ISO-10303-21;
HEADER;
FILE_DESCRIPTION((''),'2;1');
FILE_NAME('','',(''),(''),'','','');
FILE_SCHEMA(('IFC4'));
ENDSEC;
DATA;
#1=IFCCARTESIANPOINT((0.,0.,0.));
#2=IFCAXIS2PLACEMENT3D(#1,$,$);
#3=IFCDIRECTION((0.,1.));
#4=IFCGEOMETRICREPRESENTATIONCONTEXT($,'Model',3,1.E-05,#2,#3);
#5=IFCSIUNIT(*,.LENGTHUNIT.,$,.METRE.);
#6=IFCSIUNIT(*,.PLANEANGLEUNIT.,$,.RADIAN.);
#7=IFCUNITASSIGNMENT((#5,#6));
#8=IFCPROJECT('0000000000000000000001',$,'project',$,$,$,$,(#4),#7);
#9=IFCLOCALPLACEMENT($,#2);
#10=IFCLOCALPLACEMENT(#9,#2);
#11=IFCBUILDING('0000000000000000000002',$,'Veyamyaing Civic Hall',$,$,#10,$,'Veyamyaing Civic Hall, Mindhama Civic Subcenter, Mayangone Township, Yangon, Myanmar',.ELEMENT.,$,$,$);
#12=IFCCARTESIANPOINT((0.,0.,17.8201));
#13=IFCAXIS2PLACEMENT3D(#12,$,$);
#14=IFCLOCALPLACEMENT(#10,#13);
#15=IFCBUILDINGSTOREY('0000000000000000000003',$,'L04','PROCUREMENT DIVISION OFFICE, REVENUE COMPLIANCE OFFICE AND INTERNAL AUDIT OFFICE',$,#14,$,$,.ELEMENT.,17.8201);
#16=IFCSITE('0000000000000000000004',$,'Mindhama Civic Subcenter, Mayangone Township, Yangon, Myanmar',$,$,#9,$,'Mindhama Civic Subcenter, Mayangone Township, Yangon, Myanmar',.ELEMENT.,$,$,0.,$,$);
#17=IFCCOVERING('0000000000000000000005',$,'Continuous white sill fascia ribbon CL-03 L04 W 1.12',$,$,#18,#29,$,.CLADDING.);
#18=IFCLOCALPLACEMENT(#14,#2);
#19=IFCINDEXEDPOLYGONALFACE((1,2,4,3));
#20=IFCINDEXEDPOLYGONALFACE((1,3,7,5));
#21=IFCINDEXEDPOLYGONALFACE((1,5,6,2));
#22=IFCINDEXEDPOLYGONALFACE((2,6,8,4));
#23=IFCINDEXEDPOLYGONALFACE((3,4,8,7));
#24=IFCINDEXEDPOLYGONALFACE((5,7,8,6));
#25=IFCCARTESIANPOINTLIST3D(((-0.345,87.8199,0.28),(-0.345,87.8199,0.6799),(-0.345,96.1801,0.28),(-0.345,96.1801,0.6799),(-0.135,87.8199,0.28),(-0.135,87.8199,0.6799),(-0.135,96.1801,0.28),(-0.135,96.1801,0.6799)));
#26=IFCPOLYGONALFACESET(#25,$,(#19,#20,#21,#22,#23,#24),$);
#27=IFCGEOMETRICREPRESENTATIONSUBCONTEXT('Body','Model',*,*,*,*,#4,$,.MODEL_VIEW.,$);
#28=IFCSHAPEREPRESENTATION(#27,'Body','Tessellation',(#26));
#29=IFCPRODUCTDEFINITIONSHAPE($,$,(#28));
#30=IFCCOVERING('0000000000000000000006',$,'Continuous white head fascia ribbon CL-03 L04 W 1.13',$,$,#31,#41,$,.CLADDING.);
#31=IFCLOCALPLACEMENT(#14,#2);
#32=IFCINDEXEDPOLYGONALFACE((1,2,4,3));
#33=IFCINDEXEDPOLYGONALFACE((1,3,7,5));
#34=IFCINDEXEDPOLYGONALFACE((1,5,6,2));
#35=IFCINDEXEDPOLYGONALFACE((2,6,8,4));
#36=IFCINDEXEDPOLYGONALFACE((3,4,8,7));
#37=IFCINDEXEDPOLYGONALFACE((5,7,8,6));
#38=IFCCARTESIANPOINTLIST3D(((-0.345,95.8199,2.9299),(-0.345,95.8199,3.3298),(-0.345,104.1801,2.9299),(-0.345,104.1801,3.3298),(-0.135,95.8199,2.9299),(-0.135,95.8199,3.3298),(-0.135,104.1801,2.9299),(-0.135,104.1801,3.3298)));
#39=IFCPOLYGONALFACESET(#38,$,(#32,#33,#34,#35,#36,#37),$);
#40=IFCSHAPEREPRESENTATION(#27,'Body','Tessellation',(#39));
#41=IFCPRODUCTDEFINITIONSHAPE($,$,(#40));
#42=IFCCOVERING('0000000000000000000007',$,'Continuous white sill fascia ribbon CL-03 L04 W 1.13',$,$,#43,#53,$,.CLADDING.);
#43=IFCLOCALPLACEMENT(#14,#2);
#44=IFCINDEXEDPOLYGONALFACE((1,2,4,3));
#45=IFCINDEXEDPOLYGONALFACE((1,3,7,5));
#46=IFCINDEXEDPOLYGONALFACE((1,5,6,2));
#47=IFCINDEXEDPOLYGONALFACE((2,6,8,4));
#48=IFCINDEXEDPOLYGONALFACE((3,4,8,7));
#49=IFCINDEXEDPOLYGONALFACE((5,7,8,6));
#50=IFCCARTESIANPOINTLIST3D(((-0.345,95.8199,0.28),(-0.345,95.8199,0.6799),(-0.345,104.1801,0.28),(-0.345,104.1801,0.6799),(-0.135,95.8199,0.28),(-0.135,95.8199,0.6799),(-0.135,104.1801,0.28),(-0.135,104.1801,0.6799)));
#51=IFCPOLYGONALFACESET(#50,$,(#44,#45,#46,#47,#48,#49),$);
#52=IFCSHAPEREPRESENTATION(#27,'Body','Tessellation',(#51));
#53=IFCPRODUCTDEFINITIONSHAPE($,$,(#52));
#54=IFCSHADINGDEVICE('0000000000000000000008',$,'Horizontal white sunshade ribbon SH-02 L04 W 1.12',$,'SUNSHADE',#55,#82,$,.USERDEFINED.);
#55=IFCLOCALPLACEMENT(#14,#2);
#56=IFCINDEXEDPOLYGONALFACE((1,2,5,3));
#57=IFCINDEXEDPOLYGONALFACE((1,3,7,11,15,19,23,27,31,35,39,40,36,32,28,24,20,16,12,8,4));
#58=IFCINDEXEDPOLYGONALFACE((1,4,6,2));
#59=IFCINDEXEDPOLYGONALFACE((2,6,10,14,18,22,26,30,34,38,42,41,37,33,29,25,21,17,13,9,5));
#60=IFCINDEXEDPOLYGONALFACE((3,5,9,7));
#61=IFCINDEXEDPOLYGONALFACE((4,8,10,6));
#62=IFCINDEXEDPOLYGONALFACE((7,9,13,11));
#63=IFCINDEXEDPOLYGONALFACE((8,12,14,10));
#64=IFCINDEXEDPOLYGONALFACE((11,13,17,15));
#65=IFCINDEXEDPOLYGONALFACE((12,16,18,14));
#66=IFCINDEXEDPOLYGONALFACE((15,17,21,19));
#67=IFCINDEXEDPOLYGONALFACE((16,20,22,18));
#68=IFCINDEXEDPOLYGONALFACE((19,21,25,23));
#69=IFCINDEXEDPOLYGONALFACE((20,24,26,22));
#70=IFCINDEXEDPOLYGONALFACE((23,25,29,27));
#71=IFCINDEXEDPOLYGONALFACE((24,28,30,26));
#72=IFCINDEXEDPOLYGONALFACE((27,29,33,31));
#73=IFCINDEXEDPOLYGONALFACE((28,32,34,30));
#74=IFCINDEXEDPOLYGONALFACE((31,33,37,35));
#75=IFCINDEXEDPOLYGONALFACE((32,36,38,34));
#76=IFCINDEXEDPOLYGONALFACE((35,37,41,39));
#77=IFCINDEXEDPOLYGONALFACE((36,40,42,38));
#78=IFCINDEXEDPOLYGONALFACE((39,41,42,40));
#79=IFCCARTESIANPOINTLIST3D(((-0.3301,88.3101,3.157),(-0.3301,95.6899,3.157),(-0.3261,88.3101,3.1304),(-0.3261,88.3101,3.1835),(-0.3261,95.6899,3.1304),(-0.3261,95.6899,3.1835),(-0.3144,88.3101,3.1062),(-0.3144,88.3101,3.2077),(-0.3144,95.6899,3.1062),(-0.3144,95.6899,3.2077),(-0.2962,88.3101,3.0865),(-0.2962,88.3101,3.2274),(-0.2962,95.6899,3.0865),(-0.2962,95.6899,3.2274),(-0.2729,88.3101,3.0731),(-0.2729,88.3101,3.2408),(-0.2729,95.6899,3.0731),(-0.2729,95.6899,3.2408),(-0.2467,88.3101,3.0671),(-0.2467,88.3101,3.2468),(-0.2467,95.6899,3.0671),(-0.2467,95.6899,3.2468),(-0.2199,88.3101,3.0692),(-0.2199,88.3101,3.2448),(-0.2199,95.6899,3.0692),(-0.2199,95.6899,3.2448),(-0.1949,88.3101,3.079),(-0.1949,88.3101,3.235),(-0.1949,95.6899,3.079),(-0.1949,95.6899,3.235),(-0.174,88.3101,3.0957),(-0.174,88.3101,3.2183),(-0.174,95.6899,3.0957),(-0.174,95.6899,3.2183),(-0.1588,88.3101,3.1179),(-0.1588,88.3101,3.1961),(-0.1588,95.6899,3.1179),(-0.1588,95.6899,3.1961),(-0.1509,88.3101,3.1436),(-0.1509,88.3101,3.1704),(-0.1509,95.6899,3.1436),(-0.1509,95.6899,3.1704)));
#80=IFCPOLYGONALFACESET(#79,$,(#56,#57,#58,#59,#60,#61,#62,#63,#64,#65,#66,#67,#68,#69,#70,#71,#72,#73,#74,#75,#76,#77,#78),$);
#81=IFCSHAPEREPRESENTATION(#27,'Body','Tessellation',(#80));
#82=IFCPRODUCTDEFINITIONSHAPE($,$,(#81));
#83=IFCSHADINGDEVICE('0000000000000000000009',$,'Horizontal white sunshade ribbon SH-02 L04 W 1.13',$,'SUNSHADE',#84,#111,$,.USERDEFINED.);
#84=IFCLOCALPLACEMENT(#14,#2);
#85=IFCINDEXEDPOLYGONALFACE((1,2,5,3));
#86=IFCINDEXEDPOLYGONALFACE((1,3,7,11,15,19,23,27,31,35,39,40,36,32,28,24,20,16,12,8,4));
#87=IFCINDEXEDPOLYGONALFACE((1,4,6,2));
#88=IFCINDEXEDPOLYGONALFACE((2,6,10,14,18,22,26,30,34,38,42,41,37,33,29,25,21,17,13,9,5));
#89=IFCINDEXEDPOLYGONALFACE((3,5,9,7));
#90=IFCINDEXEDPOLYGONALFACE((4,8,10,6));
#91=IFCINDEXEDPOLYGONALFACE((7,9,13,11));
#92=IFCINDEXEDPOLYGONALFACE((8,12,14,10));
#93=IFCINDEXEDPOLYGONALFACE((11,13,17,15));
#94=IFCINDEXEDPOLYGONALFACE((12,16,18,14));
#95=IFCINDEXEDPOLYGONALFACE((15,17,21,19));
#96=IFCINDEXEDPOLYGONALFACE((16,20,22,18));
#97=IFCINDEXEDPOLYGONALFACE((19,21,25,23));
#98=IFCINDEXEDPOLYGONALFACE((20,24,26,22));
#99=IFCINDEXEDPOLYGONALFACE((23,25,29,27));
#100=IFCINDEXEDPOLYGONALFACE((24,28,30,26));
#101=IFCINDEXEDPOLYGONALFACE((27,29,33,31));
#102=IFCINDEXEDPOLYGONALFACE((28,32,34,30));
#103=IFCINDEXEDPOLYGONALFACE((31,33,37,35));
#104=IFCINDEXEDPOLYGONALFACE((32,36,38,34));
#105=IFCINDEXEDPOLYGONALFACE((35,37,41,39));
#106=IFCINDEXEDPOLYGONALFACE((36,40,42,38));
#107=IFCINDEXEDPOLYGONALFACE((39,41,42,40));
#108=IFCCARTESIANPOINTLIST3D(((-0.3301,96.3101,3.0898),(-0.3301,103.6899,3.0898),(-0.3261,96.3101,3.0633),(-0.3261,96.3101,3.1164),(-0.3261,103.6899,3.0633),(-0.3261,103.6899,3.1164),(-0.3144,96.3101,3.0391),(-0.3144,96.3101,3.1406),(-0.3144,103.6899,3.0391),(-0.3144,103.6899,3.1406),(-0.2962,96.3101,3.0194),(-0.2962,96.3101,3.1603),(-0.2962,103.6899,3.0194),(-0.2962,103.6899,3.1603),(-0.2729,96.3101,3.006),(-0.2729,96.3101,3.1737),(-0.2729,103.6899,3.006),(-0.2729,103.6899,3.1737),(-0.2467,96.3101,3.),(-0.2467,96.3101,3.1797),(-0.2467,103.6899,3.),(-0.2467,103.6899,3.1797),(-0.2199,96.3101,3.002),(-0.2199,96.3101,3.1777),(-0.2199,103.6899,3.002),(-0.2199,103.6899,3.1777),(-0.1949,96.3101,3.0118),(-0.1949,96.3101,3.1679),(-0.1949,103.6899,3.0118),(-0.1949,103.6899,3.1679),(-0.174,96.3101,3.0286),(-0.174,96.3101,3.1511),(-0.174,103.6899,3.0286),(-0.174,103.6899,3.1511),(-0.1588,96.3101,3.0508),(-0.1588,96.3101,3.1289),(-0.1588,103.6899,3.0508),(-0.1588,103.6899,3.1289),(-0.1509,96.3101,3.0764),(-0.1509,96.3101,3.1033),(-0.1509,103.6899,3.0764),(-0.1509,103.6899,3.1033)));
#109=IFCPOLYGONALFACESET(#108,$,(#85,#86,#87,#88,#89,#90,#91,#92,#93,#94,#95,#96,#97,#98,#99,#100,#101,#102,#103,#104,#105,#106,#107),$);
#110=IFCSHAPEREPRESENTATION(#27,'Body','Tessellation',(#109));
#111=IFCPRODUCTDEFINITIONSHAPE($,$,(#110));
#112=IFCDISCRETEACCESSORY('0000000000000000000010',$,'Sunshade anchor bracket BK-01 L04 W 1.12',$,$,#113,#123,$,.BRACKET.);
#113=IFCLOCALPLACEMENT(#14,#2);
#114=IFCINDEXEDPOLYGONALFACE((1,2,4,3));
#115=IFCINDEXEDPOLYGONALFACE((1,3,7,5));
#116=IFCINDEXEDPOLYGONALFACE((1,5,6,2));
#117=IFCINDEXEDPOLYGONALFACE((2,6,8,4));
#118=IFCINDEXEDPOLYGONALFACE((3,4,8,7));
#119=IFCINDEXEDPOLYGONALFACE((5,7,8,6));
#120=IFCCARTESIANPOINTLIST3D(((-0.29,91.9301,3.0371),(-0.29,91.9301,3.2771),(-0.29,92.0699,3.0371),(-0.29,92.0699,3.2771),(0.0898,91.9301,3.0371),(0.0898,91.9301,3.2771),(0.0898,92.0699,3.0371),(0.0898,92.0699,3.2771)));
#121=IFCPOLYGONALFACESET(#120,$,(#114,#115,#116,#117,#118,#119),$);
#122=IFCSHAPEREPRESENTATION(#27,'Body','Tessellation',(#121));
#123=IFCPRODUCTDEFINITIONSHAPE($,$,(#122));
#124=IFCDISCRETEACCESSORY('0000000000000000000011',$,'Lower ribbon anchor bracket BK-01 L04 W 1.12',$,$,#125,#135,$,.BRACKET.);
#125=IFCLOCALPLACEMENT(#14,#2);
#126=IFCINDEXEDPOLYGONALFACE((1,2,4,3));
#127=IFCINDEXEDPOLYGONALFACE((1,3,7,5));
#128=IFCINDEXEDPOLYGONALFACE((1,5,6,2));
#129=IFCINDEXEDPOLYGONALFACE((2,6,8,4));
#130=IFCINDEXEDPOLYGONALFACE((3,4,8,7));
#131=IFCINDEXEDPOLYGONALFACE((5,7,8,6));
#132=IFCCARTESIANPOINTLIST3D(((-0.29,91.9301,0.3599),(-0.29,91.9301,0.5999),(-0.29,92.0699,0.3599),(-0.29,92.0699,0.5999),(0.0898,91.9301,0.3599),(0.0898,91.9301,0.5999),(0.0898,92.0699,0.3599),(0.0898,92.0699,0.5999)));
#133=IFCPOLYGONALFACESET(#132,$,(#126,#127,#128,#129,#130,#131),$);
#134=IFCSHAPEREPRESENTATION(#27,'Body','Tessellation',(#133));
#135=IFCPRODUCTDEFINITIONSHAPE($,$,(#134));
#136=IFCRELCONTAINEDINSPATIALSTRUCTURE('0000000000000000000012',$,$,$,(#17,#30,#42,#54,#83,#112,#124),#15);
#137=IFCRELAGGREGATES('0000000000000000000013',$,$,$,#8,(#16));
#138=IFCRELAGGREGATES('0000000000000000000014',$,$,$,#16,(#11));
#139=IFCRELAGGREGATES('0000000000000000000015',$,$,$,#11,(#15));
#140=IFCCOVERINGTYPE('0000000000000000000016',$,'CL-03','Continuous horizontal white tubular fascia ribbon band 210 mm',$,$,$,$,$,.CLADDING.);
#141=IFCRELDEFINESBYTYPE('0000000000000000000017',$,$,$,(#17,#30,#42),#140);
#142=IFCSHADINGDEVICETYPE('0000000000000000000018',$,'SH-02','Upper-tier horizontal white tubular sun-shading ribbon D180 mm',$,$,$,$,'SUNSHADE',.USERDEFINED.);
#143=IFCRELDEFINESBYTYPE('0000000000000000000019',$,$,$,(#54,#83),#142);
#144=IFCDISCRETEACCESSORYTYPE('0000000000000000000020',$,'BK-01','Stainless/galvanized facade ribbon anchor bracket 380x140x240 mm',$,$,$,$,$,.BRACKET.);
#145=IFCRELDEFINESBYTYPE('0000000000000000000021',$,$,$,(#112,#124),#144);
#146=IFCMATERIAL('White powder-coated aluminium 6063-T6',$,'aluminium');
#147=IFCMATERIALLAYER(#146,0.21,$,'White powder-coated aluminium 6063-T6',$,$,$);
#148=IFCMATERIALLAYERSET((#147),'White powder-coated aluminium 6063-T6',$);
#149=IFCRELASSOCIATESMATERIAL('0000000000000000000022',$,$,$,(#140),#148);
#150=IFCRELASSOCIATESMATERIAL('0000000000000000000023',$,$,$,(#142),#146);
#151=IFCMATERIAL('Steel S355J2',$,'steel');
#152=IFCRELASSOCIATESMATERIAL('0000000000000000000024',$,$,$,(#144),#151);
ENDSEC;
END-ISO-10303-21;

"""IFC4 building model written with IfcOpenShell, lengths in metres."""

from ifc_helpers import new_model, si_unit, direction, frame, origin, origin_2d, place, context, subcontext, project, spatial, rectangle, circle, extrude, material, layer, layer_set, material_profile, profile_set, type_object, element, save


model = new_model("IFC4")

# Units and contexts
model_context = context("Model", 3, precision=1e-05, world=origin(), true_north=direction((0.0, 1.0)))
body_context = subcontext(model_context, "Body", "Model", "MODEL_VIEW")
ifc_project = project(units=[si_unit("LENGTHUNIT", "METRE"), si_unit("PLANEANGLEUNIT", "RADIAN")], contexts=[model_context])

# Site, building, storey
site_placement = place(None, origin())
site = spatial("IfcSite", under=ifc_project, at=site_placement, Name="Mindhama Civic Subcenter, Mayangone Township, Yangon, Myanmar", LongName="Mindhama Civic Subcenter, Mayangone Township, Yangon, Myanmar", CompositionType="ELEMENT", RefElevation=0.0)
building_placement = place(site_placement, origin())
building = spatial("IfcBuilding", under=site, at=building_placement, Name="Veyamyaing Civic Hall", LongName="Veyamyaing Civic Hall, Mindhama Civic Subcenter, Mayangone Township, Yangon, Myanmar", CompositionType="ELEMENT")
storey_placement = place(building_placement, frame((0.0, 0.0, 17.8201)))
storey = spatial("IfcBuildingStorey", under=building, at=storey_placement, Name="L04", Description="PROCUREMENT DIVISION OFFICE, REVENUE COMPLIANCE OFFICE AND INTERNAL AUDIT OFFICE", CompositionType="ELEMENT", Elevation=17.8201)

# Shared definitions
ifc_material_1 = material(Name="Steel S355J2", Category="steel")

# Coverings
ifc_material_2 = material(Name="White powder-coated aluminium 6063-T6", Category="aluminium")
ifc_layer_1 = layer(ifc_material_2, 0.21, Name="White powder-coated aluminium 6063-T6")
ifc_layer_set_1 = layer_set([ifc_layer_1], Name="White powder-coated aluminium 6063-T6")
covering_type_1 = type_object("IfcCoveringType", Name="CL-03", Description="Continuous horizontal white tubular fascia ribbon band 210 mm", PredefinedType="CLADDING", material=ifc_layer_set_1)
for number, where, z_axis, x_axis, name in (
    (1, (-0.24, 92.0, 0.28), (0.0, 0.0, 1.0), (0.0, 1.0, 0.0), "Continuous white sill fascia ribbon CL-03 L04 W 1.12"),
    (2, (-0.24, 100.0, 2.9299), (0.0, 0.0, 1.0), (0.0, 1.0, 0.0), "Continuous white head fascia ribbon CL-03 L04 W 1.13"),
    (3, (-0.24, 100.0, 0.28), (0.0, 0.0, 1.0), (0.0, 1.0, 0.0), "Continuous white sill fascia ribbon CL-03 L04 W 1.13"),
):
    element("IfcCovering", number, at=place(storey_placement, frame(where, z_axis=z_axis, x_axis=x_axis)), inside=storey, type_object=covering_type_1, Name=name, PredefinedType="CLADDING", context=body_context, shape_type="SweptSolid", body=[
        extrude(rectangle(XDim=8.3601, YDim=0.21, at=origin_2d()), origin(), (0.0, 0.0, 1.0), 0.3999),
    ])

# Shading devices
ifc_material_profile_1 = material_profile(ifc_material_2, circle(Radius=0.0901, at=origin_2d()), Name="SHADE-TUBE-180")
ifc_profile_set_1 = profile_set([ifc_material_profile_1], Name="White powder-coated aluminium 6063-T6")
shading_device_type = type_object("IfcShadingDeviceType", Name="SH-02", Description="Upper-tier horizontal white tubular sun-shading ribbon D180 mm", ElementType="SUNSHADE", PredefinedType="USERDEFINED", material=ifc_profile_set_1)
for number, where, z_axis, x_axis, name in (
    (4, (-0.24, 88.3101, 3.157), (0.0, 1.0, 0.0), (-1.0, 0.0, 0.0), "Horizontal white sunshade ribbon SH-02 L04 W 1.12"),
    (5, (-0.24, 96.3101, 3.0898), (0.0, 1.0, 0.0), (-1.0, 0.0, 0.0), "Horizontal white sunshade ribbon SH-02 L04 W 1.13"),
):
    element("IfcShadingDevice", number, at=place(storey_placement, frame(where, z_axis=z_axis, x_axis=x_axis)), inside=storey, type_object=shading_device_type, Name=name, ObjectType="SUNSHADE", PredefinedType="USERDEFINED", context=body_context, shape_type="SweptSolid", body=[
        extrude(circle(Radius=0.0901, at=origin_2d()), origin(), (0.0, 0.0, 1.0), 7.3799),
    ])

# Discrete accessories
discrete_accessory_type = type_object("IfcDiscreteAccessoryType", Name="BK-01", Description="Stainless/galvanized facade ribbon anchor bracket 380x140x240 mm", PredefinedType="BRACKET", material=ifc_material_1)
for number, where, z_axis, x_axis, name in (
    (6, (-0.1001, 92.0, 3.0371), (0.0, 0.0, 1.0), (-1.0, 0.0, 0.0), "Sunshade anchor bracket BK-01 L04 W 1.12"),
    (7, (-0.1001, 92.0, 0.3599), (0.0, 0.0, 1.0), (-1.0, 0.0, 0.0), "Lower ribbon anchor bracket BK-01 L04 W 1.12"),
):
    element("IfcDiscreteAccessory", number, at=place(storey_placement, frame(where, z_axis=z_axis, x_axis=x_axis)), inside=storey, type_object=discrete_accessory_type, Name=name, PredefinedType="BRACKET", context=body_context, shape_type="SweptSolid", body=[
        extrude(rectangle(XDim=0.3799, YDim=0.1399, at=origin_2d()), origin(), (0.0, 0.0, 1.0), 0.24),
    ])

save(model, "model.ifc")
